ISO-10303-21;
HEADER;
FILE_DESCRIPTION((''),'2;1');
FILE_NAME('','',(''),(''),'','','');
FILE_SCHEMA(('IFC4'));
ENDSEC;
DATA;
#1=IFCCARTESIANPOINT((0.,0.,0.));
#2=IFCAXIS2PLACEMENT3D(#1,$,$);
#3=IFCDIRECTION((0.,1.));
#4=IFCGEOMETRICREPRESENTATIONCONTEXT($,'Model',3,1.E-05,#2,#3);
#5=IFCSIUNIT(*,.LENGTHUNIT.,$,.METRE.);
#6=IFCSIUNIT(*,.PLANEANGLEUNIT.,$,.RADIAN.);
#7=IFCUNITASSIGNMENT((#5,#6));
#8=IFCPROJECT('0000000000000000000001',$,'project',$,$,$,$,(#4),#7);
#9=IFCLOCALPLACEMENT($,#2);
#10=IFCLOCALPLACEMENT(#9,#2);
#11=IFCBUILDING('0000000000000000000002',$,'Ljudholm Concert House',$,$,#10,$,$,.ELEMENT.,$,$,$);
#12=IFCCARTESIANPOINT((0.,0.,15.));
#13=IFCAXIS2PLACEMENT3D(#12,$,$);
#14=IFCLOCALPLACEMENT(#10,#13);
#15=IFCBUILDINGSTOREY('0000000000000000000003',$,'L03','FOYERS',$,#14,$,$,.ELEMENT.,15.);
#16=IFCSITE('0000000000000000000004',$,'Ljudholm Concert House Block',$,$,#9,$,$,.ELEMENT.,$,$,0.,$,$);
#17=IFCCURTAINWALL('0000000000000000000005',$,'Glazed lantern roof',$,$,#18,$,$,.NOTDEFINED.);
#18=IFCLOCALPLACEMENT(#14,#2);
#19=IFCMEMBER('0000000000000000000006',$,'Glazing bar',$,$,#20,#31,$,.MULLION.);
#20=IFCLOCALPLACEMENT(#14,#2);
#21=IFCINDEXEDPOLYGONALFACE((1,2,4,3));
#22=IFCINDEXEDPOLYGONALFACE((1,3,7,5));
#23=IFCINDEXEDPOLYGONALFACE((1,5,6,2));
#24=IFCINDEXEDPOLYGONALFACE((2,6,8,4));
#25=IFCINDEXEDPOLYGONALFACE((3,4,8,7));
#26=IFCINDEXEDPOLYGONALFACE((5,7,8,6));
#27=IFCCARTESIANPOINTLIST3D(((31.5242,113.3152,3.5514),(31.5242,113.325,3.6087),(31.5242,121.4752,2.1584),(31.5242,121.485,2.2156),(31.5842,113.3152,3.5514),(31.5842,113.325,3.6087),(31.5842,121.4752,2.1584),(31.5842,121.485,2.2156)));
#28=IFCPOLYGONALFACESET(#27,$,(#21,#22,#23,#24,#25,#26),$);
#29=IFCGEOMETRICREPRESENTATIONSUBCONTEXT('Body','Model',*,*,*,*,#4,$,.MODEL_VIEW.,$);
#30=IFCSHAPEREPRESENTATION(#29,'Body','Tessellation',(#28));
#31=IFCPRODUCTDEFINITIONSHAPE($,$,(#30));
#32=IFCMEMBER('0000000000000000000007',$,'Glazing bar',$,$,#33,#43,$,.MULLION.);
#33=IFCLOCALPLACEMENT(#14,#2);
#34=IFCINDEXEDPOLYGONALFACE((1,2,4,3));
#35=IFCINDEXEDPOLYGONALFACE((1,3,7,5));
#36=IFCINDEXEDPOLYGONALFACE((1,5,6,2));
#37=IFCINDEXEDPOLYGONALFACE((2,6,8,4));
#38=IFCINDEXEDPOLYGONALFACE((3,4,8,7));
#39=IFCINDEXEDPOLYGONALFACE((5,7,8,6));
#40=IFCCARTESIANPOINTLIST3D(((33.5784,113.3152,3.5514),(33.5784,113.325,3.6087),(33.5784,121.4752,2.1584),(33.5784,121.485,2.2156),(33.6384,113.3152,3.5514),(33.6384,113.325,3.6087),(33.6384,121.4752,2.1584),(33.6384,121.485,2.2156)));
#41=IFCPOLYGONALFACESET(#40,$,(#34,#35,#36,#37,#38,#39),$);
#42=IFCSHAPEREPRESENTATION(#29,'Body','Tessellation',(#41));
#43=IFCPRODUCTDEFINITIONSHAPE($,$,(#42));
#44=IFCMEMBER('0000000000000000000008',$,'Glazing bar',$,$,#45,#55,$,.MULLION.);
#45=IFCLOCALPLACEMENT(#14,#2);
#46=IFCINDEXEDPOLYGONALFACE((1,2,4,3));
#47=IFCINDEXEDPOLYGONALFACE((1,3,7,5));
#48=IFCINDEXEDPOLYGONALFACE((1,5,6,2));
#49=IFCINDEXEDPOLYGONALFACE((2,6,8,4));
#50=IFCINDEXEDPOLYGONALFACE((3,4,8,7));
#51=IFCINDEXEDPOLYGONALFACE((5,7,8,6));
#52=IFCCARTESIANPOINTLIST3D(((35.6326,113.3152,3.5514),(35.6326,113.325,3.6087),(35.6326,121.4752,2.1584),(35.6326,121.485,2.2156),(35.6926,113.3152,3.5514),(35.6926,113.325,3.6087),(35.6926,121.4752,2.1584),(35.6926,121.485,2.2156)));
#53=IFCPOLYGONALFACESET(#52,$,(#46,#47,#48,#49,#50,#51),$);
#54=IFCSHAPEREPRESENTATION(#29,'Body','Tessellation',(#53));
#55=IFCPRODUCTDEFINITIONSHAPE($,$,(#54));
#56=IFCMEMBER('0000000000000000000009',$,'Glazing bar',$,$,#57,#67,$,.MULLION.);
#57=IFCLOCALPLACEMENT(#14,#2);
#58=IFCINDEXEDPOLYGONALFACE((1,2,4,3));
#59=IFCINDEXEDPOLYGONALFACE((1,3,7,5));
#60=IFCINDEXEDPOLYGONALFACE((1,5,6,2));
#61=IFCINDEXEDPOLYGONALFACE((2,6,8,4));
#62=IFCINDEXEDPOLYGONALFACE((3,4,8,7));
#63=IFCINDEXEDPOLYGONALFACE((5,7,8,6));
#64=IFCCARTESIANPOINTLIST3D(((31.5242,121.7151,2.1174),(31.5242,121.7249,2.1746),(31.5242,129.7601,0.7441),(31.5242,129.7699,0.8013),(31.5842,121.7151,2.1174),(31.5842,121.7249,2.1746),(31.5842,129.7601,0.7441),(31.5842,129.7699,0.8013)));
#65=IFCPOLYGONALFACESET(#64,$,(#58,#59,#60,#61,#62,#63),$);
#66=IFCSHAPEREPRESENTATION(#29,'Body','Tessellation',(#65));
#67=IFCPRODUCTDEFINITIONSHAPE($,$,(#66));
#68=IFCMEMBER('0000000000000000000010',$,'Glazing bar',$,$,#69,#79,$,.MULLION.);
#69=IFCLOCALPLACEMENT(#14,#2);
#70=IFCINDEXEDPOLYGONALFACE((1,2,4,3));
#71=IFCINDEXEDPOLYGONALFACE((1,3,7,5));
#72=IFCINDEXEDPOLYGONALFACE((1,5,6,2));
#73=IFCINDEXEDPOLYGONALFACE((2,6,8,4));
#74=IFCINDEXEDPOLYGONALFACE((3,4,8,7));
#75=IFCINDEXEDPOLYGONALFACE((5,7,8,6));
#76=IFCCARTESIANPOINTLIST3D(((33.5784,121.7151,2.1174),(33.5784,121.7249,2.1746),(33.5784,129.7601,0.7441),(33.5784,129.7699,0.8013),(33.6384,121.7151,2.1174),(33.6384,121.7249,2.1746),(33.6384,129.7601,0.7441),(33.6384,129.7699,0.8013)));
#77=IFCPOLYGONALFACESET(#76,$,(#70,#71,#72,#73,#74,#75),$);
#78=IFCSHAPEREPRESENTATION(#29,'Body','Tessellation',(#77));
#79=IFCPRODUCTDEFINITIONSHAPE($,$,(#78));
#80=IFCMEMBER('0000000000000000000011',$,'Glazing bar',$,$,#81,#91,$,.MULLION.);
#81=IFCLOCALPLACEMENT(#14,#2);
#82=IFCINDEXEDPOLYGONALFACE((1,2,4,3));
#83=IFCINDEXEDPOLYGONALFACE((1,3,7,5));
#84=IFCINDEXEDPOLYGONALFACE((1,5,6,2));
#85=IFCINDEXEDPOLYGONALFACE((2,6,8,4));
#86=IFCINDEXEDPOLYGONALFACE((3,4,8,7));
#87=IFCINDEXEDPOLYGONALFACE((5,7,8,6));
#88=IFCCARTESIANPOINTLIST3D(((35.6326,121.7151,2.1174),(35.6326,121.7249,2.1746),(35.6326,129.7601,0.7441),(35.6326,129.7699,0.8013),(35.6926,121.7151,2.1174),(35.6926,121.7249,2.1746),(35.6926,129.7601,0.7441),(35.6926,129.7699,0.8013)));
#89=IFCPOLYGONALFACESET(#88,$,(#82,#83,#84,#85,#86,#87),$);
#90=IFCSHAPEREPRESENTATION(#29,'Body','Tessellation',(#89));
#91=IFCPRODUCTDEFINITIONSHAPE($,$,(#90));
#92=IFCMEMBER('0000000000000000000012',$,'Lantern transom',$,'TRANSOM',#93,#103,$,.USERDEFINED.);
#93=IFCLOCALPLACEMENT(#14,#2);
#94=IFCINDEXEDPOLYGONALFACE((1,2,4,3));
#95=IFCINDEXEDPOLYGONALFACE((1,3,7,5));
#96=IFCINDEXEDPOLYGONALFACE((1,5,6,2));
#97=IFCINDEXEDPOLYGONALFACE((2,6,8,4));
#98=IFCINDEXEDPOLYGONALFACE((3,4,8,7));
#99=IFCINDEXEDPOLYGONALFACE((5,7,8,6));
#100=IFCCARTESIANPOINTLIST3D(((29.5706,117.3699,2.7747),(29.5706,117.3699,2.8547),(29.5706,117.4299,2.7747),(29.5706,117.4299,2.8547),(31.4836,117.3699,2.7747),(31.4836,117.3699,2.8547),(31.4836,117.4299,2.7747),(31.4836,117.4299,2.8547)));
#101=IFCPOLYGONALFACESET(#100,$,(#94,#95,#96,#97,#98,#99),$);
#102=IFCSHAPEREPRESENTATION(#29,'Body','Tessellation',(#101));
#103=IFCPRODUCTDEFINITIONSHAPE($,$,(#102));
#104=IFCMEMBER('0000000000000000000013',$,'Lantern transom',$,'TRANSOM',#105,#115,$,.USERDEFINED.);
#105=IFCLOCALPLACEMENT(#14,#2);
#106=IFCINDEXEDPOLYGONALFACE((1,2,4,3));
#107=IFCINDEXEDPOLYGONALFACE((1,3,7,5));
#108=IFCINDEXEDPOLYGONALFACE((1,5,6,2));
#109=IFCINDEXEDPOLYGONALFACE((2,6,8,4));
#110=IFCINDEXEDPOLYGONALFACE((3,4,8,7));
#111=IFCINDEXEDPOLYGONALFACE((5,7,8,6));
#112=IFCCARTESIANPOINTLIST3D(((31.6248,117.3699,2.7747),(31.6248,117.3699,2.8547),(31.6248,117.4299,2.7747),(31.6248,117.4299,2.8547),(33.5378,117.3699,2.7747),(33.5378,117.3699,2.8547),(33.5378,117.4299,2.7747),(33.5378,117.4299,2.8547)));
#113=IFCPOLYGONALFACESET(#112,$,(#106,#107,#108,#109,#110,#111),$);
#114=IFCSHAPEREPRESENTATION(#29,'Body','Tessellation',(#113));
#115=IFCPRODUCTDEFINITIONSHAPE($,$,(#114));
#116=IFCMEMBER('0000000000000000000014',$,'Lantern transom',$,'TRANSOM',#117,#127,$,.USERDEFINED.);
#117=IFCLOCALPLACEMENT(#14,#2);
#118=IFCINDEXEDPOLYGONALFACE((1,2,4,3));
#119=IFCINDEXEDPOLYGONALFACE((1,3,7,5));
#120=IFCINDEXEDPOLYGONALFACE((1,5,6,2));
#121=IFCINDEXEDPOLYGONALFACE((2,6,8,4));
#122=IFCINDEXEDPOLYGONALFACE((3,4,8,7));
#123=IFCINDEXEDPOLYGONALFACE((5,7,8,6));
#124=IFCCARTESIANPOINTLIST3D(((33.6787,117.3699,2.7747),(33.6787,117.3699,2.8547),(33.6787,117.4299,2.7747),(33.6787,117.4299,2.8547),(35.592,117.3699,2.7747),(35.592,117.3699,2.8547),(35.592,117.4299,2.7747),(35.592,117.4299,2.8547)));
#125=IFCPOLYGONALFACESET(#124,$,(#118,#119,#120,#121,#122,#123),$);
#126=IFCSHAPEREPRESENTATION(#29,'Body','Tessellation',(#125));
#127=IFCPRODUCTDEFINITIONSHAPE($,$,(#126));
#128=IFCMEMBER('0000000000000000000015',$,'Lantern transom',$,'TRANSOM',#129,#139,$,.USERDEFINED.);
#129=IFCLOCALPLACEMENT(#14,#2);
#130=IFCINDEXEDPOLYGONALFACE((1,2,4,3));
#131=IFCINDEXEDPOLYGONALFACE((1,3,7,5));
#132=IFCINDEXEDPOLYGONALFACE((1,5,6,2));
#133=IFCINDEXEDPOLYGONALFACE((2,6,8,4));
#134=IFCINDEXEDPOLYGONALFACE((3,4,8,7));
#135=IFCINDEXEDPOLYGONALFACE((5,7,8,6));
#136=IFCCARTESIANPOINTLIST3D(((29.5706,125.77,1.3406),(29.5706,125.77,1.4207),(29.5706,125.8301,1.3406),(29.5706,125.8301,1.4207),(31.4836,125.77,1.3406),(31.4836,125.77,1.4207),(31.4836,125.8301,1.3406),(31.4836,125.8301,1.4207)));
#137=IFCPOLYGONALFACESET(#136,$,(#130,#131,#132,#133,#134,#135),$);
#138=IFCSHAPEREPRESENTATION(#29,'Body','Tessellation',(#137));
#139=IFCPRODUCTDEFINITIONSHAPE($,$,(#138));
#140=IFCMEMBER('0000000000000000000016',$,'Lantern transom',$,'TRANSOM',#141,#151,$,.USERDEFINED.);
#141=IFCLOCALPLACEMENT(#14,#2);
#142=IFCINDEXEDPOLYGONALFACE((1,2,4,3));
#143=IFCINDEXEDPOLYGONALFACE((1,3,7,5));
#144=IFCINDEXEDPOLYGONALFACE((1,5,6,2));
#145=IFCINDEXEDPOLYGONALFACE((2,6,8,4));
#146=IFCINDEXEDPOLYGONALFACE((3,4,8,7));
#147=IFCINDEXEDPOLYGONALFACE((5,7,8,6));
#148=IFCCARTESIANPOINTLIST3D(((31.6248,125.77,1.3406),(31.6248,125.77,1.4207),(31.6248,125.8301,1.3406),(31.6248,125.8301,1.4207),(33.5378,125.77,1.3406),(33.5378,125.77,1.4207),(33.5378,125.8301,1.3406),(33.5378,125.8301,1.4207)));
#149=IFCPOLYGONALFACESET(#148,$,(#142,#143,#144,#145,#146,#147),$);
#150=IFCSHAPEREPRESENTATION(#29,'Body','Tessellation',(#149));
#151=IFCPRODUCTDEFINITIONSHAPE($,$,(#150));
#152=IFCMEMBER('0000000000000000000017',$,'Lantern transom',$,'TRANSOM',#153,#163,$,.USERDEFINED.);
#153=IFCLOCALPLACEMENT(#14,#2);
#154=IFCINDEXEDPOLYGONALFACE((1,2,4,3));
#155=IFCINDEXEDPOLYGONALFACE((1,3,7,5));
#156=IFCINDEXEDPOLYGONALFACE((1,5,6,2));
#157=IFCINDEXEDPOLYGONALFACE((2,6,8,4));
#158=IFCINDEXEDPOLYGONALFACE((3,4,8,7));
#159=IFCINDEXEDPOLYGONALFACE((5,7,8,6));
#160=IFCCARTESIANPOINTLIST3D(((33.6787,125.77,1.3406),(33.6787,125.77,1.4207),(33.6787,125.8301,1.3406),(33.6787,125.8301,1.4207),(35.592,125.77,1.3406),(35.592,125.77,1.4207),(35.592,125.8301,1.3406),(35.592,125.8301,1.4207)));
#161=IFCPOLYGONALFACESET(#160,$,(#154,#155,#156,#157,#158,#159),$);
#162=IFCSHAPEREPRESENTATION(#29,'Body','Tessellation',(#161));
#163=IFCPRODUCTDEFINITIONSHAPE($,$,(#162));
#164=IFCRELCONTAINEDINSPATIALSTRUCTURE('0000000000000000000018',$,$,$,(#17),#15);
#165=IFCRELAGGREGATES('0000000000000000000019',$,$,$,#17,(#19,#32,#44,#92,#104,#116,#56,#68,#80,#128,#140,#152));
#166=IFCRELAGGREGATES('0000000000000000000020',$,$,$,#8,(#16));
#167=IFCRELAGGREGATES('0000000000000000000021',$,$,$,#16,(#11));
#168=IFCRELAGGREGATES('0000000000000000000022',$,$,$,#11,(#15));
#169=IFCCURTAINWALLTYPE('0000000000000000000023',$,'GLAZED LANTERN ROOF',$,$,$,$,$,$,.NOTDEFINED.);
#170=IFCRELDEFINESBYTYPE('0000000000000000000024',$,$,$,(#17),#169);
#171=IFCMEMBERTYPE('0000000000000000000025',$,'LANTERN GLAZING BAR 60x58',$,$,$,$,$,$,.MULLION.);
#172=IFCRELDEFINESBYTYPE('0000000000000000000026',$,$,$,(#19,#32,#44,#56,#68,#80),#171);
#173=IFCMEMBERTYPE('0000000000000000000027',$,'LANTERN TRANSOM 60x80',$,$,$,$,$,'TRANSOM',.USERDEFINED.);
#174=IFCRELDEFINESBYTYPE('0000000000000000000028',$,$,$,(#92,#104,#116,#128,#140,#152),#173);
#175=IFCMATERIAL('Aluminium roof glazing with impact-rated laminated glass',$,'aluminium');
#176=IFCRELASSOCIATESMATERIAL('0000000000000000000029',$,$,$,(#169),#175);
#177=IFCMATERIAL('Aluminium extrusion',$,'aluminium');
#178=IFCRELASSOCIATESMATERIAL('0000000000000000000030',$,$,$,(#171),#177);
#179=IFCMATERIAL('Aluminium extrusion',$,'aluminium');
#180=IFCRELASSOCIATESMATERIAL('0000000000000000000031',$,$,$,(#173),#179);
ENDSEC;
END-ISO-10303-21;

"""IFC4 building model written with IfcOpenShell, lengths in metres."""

from ifc_helpers import new_model, si_unit, direction, frame, origin, origin_2d, place, context, subcontext, project, spatial, rectangle, extrude, material, material_profile, profile_set, type_object, element, aggregate, save


model = new_model("IFC4")

# Units and contexts
model_context = context("Model", 3, precision=1e-05, world=origin(), true_north=direction((0.0, 1.0)))
body_context = subcontext(model_context, "Body", "Model", "MODEL_VIEW")
ifc_project = project(units=[si_unit("LENGTHUNIT", "METRE"), si_unit("PLANEANGLEUNIT", "RADIAN")], contexts=[model_context])

# Site, building, storey
site_placement = place(None, origin())
site = spatial("IfcSite", under=ifc_project, at=site_placement, Name="Ljudholm Concert House Block", CompositionType="ELEMENT", RefElevation=0.0)
building_placement = place(site_placement, origin())
building = spatial("IfcBuilding", under=site, at=building_placement, Name="Ljudholm Concert House", CompositionType="ELEMENT")
storey_placement = place(building_placement, frame((0.0, 0.0, 15.0)))
storey = spatial("IfcBuildingStorey", under=building, at=storey_placement, Name="L03", Description="FOYERS", CompositionType="ELEMENT", Elevation=15.0)

# Curtain wall, members
ifc_material_1 = material(Name="Aluminium roof glazing with impact-rated laminated glass", Category="aluminium")
curtain_wall_type = type_object("IfcCurtainWallType", Name="GLAZED LANTERN ROOF", PredefinedType="NOTDEFINED", material=ifc_material_1)
curtain_wall_placement = place(storey_placement, origin())
curtain_wall = element("IfcCurtainWall", 1, at=curtain_wall_placement, inside=storey, type_object=curtain_wall_type, Name="Glazed lantern roof", PredefinedType="NOTDEFINED")
ifc_material_2 = material(Name="Aluminium extrusion", Category="aluminium")
ifc_material_profile_1 = material_profile(ifc_material_2, rectangle(XDim=0.0601, YDim=0.0581, at=origin_2d()), Name="LANTERN GLAZING BAR 60x58")
ifc_profile_set_1 = profile_set([ifc_material_profile_1], Name="Aluminium extrusion")
member_type_1 = type_object("IfcMemberType", Name="LANTERN GLAZING BAR 60x58", PredefinedType="MULLION", material=ifc_profile_set_1)
member_1_placement = place(storey_placement, frame((31.5542, 113.3201, 3.5801), z_axis=(0.0, 0.985738, -0.168286), x_axis=(-1.0, 0.0, 0.0)))
member_1 = element("IfcMember", 2, at=member_1_placement, type_object=member_type_1, Name="Glazing bar", PredefinedType="MULLION", context=body_context, shape_type="SweptSolid", body=[
    extrude(rectangle(XDim=0.0601, YDim=0.0581, at=origin_2d()), origin(), (0.0, 0.0, 1.0), 8.2781),
])
member_2_placement = place(storey_placement, frame((33.6084, 113.3201, 3.5801), z_axis=(0.0, 0.985738, -0.168286), x_axis=(-1.0, 0.0, 0.0)))
member_2 = element("IfcMember", 3, at=member_2_placement, type_object=member_type_1, Name="Glazing bar", PredefinedType="MULLION", context=body_context, shape_type="SweptSolid", body=[
    extrude(rectangle(XDim=0.0601, YDim=0.0581, at=origin_2d()), origin(), (0.0, 0.0, 1.0), 8.2781),
])
member_3_placement = place(storey_placement, frame((35.6626, 113.3201, 3.5801), z_axis=(0.0, 0.985738, -0.168286), x_axis=(-1.0, 0.0, 0.0)))
member_3 = element("IfcMember", 4, at=member_3_placement, type_object=member_type_1, Name="Glazing bar", PredefinedType="MULLION", context=body_context, shape_type="SweptSolid", body=[
    extrude(rectangle(XDim=0.0601, YDim=0.0581, at=origin_2d()), origin(), (0.0, 0.0, 1.0), 8.2781),
])
member_4_placement = place(storey_placement, frame((31.5542, 121.72, 2.146), z_axis=(0.0, 0.985741, -0.168269), x_axis=(-1.0, 0.0, 0.0)))
member_4 = element("IfcMember", 5, at=member_4_placement, type_object=member_type_1, Name="Glazing bar", PredefinedType="MULLION", context=body_context, shape_type="SweptSolid", body=[
    extrude(rectangle(XDim=0.0601, YDim=0.0581, at=origin_2d()), origin(), (0.0, 0.0, 1.0), 8.1614),
])
member_5_placement = place(storey_placement, frame((33.6084, 121.72, 2.146), z_axis=(0.0, 0.985741, -0.168269), x_axis=(-1.0, 0.0, 0.0)))
member_5 = element("IfcMember", 6, at=member_5_placement, type_object=member_type_1, Name="Glazing bar", PredefinedType="MULLION", context=body_context, shape_type="SweptSolid", body=[
    extrude(rectangle(XDim=0.0601, YDim=0.0581, at=origin_2d()), origin(), (0.0, 0.0, 1.0), 8.1614),
])
member_6_placement = place(storey_placement, frame((35.6626, 121.72, 2.146), z_axis=(0.0, 0.985741, -0.168269), x_axis=(-1.0, 0.0, 0.0)))
member_6 = element("IfcMember", 7, at=member_6_placement, type_object=member_type_1, Name="Glazing bar", PredefinedType="MULLION", context=body_context, shape_type="SweptSolid", body=[
    extrude(rectangle(XDim=0.0601, YDim=0.0581, at=origin_2d()), origin(), (0.0, 0.0, 1.0), 8.1614),
])
ifc_material_3 = material(Name="Aluminium extrusion", Category="aluminium")
ifc_material_profile_2 = material_profile(ifc_material_3, rectangle(XDim=0.0601, YDim=0.0801, at=origin_2d()), Name="LANTERN TRANSOM 60x80")
ifc_profile_set_2 = profile_set([ifc_material_profile_2], Name="Aluminium extrusion")
member_type_2 = type_object("IfcMemberType", Name="LANTERN TRANSOM 60x80", ElementType="TRANSOM", PredefinedType="USERDEFINED", material=ifc_profile_set_2)
member_7_placement = place(storey_placement, frame((29.5706, 117.3999, 2.8147), z_axis=(1.0, 0.0, 0.0), x_axis=(0.0, 1.0, 0.0)))
member_7 = element("IfcMember", 8, at=member_7_placement, type_object=member_type_2, Name="Lantern transom", ObjectType="TRANSOM", PredefinedType="USERDEFINED", context=body_context, shape_type="SweptSolid", body=[
    extrude(rectangle(XDim=0.0601, YDim=0.0801, at=origin_2d()), origin(), (0.0, 0.0, 1.0), 1.9131),
])
member_8_placement = place(storey_placement, frame((31.6248, 117.3999, 2.8147), z_axis=(1.0, 0.0, 0.0), x_axis=(0.0, 1.0, 0.0)))
member_8 = element("IfcMember", 9, at=member_8_placement, type_object=member_type_2, Name="Lantern transom", ObjectType="TRANSOM", PredefinedType="USERDEFINED", context=body_context, shape_type="SweptSolid", body=[
    extrude(rectangle(XDim=0.0601, YDim=0.0801, at=origin_2d()), origin(), (0.0, 0.0, 1.0), 1.9131),
])
member_9_placement = place(storey_placement, frame((33.6787, 117.3999, 2.8147), z_axis=(1.0, 0.0, 0.0), x_axis=(0.0, 1.0, 0.0)))
member_9 = element("IfcMember", 10, at=member_9_placement, type_object=member_type_2, Name="Lantern transom", ObjectType="TRANSOM", PredefinedType="USERDEFINED", context=body_context, shape_type="SweptSolid", body=[
    extrude(rectangle(XDim=0.0601, YDim=0.0801, at=origin_2d()), origin(), (0.0, 0.0, 1.0), 1.9133),
])
member_10_placement = place(storey_placement, frame((29.5706, 125.8, 1.3806), z_axis=(1.0, 0.0, 0.0), x_axis=(0.0, 1.0, 0.0)))
member_10 = element("IfcMember", 11, at=member_10_placement, type_object=member_type_2, Name="Lantern transom", ObjectType="TRANSOM", PredefinedType="USERDEFINED", context=body_context, shape_type="SweptSolid", body=[
    extrude(rectangle(XDim=0.0601, YDim=0.0801, at=origin_2d()), origin(), (0.0, 0.0, 1.0), 1.9131),
])
member_11_placement = place(storey_placement, frame((31.6248, 125.8, 1.3806), z_axis=(1.0, 0.0, 0.0), x_axis=(0.0, 1.0, 0.0)))
member_11 = element("IfcMember", 12, at=member_11_placement, type_object=member_type_2, Name="Lantern transom", ObjectType="TRANSOM", PredefinedType="USERDEFINED", context=body_context, shape_type="SweptSolid", body=[
    extrude(rectangle(XDim=0.0601, YDim=0.0801, at=origin_2d()), origin(), (0.0, 0.0, 1.0), 1.9131),
])
member_12_placement = place(storey_placement, frame((33.6787, 125.8, 1.3806), z_axis=(1.0, 0.0, 0.0), x_axis=(0.0, 1.0, 0.0)))
member_12 = element("IfcMember", 13, at=member_12_placement, type_object=member_type_2, Name="Lantern transom", ObjectType="TRANSOM", PredefinedType="USERDEFINED", context=body_context, shape_type="SweptSolid", body=[
    extrude(rectangle(XDim=0.0601, YDim=0.0801, at=origin_2d()), origin(), (0.0, 0.0, 1.0), 1.9133),
])

aggregate(curtain_wall, [member_1, member_2, member_3, member_7, member_8, member_9, member_4, member_5, member_6, member_10, member_11, member_12])

save(model, "model.ifc")
